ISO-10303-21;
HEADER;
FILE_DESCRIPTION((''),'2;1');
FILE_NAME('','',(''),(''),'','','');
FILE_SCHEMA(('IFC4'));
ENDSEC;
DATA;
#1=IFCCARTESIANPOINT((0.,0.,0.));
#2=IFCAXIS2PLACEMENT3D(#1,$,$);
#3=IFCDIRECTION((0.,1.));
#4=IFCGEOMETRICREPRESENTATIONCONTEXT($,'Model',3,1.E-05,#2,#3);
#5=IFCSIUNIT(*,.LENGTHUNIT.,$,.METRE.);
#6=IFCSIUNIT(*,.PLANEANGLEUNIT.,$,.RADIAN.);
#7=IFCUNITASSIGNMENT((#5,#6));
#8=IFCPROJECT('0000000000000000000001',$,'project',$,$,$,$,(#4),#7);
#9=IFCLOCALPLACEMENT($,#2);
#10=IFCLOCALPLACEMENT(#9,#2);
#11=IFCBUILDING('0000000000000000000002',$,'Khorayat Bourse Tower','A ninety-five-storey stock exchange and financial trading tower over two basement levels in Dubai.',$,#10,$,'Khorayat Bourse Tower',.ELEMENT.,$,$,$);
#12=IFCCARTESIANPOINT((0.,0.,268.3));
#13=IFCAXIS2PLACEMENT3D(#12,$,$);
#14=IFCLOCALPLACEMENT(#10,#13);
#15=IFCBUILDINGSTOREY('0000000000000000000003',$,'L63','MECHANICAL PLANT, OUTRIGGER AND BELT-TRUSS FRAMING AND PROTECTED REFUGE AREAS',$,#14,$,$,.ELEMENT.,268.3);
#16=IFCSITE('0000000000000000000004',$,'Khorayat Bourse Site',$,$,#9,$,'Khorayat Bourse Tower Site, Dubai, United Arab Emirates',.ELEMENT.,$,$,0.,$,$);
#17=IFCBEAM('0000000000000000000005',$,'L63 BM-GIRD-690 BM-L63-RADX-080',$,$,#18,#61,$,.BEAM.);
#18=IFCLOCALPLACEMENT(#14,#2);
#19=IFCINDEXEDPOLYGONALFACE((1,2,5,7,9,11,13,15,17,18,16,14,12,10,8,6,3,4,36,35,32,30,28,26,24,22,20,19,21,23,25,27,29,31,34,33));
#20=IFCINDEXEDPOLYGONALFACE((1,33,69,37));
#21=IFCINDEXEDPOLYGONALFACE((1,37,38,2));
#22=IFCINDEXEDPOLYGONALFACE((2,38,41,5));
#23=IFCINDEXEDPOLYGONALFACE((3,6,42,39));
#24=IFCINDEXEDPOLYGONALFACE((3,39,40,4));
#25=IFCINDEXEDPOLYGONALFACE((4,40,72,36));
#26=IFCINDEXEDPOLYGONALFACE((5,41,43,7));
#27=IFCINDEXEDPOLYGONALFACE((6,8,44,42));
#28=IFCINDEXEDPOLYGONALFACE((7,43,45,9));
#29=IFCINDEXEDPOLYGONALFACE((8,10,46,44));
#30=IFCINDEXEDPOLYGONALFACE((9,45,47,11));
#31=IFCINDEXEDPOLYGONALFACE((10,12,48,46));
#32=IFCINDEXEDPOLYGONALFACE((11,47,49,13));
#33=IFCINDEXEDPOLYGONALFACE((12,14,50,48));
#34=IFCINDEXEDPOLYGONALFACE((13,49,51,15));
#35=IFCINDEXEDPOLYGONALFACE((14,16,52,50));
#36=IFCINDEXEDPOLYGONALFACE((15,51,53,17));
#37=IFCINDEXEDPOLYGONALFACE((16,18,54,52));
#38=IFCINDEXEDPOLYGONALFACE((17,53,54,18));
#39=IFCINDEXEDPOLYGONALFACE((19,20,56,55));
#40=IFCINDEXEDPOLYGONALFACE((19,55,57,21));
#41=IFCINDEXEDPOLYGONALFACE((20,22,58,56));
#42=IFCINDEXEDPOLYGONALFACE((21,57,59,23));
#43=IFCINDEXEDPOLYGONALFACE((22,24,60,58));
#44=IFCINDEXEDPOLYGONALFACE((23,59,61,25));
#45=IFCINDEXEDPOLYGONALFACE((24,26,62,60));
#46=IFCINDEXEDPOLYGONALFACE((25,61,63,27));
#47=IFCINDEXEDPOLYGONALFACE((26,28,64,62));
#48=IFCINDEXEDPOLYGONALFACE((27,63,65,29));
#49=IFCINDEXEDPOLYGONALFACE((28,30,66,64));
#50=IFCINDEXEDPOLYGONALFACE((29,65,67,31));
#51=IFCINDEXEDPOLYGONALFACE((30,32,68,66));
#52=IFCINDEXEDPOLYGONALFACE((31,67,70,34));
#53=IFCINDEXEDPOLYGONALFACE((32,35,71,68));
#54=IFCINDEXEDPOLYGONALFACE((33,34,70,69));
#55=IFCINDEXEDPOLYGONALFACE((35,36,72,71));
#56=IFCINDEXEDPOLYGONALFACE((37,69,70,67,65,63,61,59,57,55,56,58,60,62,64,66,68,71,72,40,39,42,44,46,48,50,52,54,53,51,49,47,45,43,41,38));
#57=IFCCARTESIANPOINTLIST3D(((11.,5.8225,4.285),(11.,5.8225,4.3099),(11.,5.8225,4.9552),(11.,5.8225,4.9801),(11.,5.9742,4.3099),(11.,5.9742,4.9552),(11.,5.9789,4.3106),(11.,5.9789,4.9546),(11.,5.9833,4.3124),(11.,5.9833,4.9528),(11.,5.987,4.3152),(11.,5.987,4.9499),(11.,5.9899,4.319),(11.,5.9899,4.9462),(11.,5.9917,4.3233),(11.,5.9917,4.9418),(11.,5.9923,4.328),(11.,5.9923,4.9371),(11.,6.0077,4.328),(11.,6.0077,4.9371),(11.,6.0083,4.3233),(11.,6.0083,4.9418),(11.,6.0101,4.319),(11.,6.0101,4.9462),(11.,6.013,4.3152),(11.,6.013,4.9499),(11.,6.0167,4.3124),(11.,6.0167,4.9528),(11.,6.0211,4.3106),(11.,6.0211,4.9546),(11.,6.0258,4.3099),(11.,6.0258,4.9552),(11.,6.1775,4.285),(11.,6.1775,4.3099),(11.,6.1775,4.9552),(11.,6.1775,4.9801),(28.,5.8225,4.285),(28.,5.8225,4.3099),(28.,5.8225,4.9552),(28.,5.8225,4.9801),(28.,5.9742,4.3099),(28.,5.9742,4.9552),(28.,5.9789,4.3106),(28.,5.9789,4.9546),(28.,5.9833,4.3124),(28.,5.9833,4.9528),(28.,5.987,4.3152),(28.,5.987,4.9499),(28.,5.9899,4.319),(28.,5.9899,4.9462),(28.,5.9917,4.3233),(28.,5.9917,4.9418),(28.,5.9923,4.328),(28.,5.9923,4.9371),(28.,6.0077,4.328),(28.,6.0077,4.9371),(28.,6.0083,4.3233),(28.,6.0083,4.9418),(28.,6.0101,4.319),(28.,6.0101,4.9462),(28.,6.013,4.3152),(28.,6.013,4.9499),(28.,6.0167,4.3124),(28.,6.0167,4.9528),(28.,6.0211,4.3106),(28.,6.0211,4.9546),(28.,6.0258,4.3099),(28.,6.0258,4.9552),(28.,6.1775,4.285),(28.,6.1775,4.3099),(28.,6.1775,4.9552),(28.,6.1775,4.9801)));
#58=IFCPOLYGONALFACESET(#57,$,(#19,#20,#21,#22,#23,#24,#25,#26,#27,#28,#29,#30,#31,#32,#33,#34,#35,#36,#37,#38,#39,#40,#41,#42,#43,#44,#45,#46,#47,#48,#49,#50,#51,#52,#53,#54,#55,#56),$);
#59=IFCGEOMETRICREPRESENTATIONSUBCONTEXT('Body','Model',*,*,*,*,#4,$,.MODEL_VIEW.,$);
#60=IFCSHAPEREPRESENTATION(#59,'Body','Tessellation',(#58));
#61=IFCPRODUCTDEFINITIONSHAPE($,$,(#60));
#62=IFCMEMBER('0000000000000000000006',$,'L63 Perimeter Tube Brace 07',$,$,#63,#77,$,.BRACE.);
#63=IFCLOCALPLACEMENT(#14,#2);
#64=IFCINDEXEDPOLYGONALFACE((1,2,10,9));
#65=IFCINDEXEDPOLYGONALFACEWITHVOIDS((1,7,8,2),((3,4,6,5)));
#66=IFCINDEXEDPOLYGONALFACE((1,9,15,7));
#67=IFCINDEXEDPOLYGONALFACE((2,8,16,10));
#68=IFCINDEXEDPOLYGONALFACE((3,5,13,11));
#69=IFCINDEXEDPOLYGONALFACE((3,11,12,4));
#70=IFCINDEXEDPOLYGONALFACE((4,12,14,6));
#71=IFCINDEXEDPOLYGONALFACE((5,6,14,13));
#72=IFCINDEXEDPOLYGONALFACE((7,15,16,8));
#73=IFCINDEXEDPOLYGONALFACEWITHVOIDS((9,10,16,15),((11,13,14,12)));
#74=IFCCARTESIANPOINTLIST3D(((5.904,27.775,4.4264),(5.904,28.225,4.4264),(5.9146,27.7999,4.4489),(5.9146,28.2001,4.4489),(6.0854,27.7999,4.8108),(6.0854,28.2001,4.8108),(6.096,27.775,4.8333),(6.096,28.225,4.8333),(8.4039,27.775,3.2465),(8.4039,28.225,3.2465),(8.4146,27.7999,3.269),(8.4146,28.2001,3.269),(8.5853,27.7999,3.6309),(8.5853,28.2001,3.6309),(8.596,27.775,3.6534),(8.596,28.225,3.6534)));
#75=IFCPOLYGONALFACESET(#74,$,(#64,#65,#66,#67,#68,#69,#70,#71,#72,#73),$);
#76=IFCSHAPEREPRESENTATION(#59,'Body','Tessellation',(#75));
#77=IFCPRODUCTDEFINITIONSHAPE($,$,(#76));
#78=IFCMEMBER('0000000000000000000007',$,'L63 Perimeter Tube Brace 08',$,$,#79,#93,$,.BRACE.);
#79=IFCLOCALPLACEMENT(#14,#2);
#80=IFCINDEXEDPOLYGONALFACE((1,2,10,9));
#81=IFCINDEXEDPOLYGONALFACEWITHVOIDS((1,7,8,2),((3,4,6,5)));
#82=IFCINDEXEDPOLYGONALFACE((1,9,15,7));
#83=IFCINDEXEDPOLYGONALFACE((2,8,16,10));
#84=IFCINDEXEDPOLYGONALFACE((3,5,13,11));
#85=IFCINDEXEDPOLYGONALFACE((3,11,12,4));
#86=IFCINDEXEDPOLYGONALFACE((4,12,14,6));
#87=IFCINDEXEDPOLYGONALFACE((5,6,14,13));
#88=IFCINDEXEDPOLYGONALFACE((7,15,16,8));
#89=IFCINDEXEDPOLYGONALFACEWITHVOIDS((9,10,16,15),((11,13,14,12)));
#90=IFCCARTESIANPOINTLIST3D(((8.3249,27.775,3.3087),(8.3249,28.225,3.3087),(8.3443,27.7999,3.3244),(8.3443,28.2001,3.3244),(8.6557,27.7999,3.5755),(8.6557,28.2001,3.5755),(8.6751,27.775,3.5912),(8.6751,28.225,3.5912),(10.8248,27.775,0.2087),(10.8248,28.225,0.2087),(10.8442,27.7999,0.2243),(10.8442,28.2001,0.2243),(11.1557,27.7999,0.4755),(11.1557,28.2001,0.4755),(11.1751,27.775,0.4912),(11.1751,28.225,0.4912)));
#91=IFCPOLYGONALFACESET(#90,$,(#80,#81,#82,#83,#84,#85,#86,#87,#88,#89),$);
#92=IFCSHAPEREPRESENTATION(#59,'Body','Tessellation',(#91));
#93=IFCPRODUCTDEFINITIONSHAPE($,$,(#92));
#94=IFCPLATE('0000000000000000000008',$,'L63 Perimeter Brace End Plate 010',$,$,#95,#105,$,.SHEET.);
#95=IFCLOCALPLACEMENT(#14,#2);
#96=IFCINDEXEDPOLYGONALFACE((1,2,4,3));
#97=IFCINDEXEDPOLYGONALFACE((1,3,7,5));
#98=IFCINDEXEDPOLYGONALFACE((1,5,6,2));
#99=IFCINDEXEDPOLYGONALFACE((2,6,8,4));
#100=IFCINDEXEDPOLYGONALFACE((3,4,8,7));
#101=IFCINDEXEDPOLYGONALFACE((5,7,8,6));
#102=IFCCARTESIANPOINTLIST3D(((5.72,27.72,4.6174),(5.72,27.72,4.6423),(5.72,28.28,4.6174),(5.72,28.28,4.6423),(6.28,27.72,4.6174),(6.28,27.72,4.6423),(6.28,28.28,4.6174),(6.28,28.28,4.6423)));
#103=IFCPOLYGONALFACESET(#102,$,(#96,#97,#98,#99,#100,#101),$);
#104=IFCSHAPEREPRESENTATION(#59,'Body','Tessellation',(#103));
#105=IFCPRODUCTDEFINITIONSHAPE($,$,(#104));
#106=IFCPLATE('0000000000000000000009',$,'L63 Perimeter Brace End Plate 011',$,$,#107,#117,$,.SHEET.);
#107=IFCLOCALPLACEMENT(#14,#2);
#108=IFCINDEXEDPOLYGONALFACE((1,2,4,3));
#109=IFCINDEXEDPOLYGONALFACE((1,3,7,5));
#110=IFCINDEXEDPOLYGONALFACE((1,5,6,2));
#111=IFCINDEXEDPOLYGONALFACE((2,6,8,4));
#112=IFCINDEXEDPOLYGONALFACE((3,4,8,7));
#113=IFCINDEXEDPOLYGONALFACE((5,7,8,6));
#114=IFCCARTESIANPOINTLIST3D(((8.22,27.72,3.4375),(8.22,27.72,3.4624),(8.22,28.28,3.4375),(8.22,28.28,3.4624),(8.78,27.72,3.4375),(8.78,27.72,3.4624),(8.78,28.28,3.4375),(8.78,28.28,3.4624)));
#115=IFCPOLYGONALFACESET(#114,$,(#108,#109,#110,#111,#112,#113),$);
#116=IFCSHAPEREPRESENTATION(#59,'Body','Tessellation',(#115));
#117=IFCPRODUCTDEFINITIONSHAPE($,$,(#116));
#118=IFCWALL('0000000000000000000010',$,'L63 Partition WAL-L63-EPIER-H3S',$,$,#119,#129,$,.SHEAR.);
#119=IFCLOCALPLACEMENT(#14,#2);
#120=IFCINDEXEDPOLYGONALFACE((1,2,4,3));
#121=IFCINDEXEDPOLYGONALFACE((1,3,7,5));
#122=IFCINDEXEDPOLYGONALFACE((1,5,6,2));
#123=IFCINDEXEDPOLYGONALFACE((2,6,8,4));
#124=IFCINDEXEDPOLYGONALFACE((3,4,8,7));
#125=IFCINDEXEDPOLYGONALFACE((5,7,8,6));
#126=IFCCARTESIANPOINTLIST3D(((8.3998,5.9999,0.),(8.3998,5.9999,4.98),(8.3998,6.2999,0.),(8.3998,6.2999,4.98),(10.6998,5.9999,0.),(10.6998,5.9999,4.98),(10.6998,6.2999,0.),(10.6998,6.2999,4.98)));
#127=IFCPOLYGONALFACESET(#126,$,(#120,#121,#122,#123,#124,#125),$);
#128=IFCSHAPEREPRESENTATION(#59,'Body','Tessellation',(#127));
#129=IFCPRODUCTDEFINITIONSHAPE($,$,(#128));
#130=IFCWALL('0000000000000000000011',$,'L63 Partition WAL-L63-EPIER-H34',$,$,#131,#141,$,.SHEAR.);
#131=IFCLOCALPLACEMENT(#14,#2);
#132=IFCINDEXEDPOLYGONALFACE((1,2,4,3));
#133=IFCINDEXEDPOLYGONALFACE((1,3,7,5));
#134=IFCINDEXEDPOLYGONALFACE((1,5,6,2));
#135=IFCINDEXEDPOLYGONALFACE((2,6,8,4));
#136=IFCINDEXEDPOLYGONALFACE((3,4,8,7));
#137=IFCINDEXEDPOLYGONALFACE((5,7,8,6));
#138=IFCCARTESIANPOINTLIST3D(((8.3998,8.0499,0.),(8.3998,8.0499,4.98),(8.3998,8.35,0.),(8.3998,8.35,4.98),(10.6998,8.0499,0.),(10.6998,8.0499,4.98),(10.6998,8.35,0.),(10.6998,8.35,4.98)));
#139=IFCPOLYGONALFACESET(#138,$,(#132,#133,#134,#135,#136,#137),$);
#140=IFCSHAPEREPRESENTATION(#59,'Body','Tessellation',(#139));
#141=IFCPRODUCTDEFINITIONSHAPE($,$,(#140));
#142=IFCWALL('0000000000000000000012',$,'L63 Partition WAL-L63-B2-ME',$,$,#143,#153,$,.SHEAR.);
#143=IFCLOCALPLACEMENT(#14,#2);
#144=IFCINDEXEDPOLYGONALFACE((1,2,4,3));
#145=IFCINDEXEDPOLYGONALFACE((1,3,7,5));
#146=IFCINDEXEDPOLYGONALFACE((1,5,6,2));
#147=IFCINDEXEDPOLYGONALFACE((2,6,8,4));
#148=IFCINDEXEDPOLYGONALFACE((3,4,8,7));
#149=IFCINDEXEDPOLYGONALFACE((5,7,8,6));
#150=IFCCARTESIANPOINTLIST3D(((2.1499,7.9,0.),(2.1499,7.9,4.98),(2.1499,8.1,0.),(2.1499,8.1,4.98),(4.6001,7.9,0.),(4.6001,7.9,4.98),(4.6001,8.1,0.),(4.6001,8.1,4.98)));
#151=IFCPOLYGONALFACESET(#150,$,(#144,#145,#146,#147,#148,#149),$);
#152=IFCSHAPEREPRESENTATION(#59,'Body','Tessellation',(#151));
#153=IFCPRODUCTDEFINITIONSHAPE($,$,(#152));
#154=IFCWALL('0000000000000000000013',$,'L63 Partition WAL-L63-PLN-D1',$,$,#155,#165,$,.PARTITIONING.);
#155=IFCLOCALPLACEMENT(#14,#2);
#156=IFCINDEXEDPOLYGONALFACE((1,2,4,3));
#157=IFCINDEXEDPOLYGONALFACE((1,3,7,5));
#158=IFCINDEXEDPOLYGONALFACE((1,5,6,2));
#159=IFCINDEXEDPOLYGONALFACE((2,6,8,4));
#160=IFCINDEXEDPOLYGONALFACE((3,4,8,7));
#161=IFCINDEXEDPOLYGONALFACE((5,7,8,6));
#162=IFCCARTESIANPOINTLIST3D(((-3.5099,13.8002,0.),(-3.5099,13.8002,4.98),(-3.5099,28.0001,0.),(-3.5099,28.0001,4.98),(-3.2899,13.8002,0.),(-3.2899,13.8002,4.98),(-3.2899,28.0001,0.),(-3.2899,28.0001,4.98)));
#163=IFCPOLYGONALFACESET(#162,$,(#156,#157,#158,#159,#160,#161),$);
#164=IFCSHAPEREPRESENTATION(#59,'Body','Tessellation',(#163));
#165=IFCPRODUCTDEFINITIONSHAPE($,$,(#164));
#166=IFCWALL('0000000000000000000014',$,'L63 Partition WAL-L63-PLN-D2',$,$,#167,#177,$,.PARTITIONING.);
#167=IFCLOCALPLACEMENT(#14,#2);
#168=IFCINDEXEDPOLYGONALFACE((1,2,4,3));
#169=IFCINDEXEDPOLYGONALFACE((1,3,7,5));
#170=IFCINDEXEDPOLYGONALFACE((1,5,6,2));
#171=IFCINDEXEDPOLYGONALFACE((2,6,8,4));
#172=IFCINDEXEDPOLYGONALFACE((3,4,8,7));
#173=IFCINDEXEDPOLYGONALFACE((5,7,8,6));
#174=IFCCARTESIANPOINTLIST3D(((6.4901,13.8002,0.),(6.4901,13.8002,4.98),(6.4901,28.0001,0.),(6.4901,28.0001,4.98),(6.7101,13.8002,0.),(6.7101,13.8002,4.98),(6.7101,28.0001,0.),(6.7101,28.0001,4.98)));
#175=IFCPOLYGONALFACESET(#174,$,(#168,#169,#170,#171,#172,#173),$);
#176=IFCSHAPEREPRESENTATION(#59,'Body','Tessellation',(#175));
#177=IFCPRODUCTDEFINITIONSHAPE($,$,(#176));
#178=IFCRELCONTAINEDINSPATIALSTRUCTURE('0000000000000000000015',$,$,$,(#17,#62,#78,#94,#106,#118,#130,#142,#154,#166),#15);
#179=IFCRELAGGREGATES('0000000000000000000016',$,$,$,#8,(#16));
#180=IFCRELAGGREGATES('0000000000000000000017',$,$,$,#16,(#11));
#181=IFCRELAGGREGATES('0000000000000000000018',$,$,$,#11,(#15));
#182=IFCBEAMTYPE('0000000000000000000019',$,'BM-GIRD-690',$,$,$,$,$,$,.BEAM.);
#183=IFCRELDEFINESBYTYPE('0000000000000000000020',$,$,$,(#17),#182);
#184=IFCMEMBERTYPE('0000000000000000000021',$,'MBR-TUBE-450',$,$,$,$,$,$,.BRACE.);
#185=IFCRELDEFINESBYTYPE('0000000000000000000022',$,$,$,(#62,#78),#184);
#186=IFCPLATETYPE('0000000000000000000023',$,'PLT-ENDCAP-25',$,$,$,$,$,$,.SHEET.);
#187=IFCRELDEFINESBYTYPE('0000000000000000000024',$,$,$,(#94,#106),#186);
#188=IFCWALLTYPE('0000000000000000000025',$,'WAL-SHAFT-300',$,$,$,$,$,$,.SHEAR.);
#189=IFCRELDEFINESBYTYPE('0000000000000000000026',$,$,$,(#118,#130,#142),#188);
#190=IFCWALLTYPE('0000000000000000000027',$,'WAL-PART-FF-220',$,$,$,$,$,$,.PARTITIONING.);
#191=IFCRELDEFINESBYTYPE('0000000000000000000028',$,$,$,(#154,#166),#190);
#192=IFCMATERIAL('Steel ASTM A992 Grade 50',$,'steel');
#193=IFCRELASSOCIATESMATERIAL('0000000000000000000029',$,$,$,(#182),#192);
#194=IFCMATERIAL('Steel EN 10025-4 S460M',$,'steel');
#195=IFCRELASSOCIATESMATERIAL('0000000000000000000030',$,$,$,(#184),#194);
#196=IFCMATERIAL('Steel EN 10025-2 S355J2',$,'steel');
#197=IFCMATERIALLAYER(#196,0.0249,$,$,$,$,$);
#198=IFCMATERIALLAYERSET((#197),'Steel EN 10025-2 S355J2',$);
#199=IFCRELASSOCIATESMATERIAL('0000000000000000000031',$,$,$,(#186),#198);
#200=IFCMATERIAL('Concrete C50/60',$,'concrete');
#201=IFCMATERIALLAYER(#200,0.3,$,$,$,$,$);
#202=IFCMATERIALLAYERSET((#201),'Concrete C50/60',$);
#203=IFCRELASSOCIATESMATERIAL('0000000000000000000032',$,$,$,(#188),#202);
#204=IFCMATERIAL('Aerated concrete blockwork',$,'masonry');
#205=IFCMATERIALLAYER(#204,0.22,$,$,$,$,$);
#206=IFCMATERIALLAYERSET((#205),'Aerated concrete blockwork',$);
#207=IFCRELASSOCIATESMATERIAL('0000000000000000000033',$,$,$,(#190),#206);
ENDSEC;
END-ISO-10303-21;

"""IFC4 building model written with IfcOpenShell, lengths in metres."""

from ifc_helpers import new_model, si_unit, direction, frame, frame_2d, origin, origin_2d, place, context, subcontext, project, spatial, rectangle, hollow_rectangle, i_section, extrude, source, transform, mapped, material, layer, layer_set, material_profile, profile_set, type_object, element, save


model = new_model("IFC4")

# Units and contexts
model_context = context("Model", 3, precision=1e-05, world=origin(), true_north=direction((0.0, 1.0)))
body_context = subcontext(model_context, "Body", "Model", "MODEL_VIEW")
ifc_project = project(units=[si_unit("LENGTHUNIT", "METRE"), si_unit("PLANEANGLEUNIT", "RADIAN")], contexts=[model_context])

# Site, building, storey
site_placement = place(None, origin())
site = spatial("IfcSite", under=ifc_project, at=site_placement, Name="Khorayat Bourse Site", LongName="Khorayat Bourse Tower Site, Dubai, United Arab Emirates", CompositionType="ELEMENT", RefElevation=0.0)
building_placement = place(site_placement, origin())
building = spatial("IfcBuilding", under=site, at=building_placement, Name="Khorayat Bourse Tower", Description="A ninety-five-storey stock exchange and financial trading tower over two basement levels in Dubai.", LongName="Khorayat Bourse Tower", CompositionType="ELEMENT")
storey_placement = place(building_placement, frame((0.0, 0.0, 268.3)))
storey = spatial("IfcBuildingStorey", under=building, at=storey_placement, Name="L63", Description="MECHANICAL PLANT, OUTRIGGER AND BELT-TRUSS FRAMING AND PROTECTED REFUGE AREAS", CompositionType="ELEMENT", Elevation=268.3)

# Shared definitions
ifc_material_1 = material(Name="Steel EN 10025-4 S460M", Category="steel")

# Beam
ifc_material_2 = material(Name="Steel ASTM A992 Grade 50", Category="steel")
ifc_material_profile_1 = material_profile(ifc_material_2, i_section(OverallWidth=0.355, OverallDepth=0.6951, WebThickness=0.0154, FlangeThickness=0.0249, FilletRadius=0.0181, at=origin_2d()), Name="W690X217")
ifc_profile_set_1 = profile_set([ifc_material_profile_1], Name="Steel ASTM A992 Grade 50")
beam_type_1 = type_object("IfcBeamType", Name="BM-GIRD-690", PredefinedType="BEAM", material=ifc_profile_set_1)
shared_shape_1 = source(origin(), body_context, "Body", "SweptSolid", [
    extrude(i_section(OverallWidth=0.355, OverallDepth=0.6951, WebThickness=0.0154, FlangeThickness=0.0249, FilletRadius=0.0181, at=origin_2d()), origin(), (0.0, 0.0, 1.0), 17.0),
])
for number, where, z_axis, x_axis, name in (
    (1, (11.0, 6.0, 4.6326), (1.0, 0.0, 0.0), (0.0, 1.0, 0.0), "L63 BM-GIRD-690 BM-L63-RADX-080"),
):
    element("IfcBeam", number, at=place(storey_placement, frame(where, z_axis=z_axis, x_axis=x_axis)), inside=storey, type_object=beam_type_1, Name=name, PredefinedType="BEAM", context=body_context, shape_type="MappedRepresentation", body=[
        mapped(shared_shape_1, transform((0.0, 0.0, 0.0), scale=1.0)),
    ])

# Members
ifc_material_profile_2 = material_profile(ifc_material_1, hollow_rectangle(XDim=0.45, YDim=0.45, WallThickness=0.0249, at=origin_2d()), Name="HSS 450x450x25")
ifc_profile_set_2 = profile_set([ifc_material_profile_2], Name="Steel EN 10025-4 S460M")
member_type = type_object("IfcMemberType", Name="MBR-TUBE-450", PredefinedType="BRACE", material=ifc_profile_set_2)
shared_shape_2 = source(origin(), body_context, "Body", "SweptSolid", [
    extrude(hollow_rectangle(XDim=0.45, YDim=0.45, WallThickness=0.0249, at=origin_2d()), origin(), (0.0, 0.0, 1.0), 2.7644),
])
member_1_placement = place(storey_placement, frame((6.0, 28.0, 4.6299), z_axis=(0.904336, 0.0, -0.426822), x_axis=(0.0, 1.0, 0.0)))
element("IfcMember", 2, at=member_1_placement, inside=storey, type_object=member_type, Name="L63 Perimeter Tube Brace 07", PredefinedType="BRACE", context=body_context, shape_type="MappedRepresentation", body=[
    mapped(shared_shape_2, transform((0.0, 0.0, 0.0), scale=1.0)),
])
shared_shape_3 = source(origin(), body_context, "Body", "SweptSolid", [
    extrude(hollow_rectangle(XDim=0.45, YDim=0.45, WallThickness=0.0249, at=origin_2d()), origin(), (0.0, 0.0, 1.0), 3.9824),
])
member_2_placement = place(storey_placement, frame((8.5, 28.0, 3.45), z_axis=(0.62774, 0.0, -0.778423), x_axis=(0.0, 1.0, 0.0)))
element("IfcMember", 3, at=member_2_placement, inside=storey, type_object=member_type, Name="L63 Perimeter Tube Brace 08", PredefinedType="BRACE", context=body_context, shape_type="MappedRepresentation", body=[
    mapped(shared_shape_3, transform((0.0, 0.0, 0.0), scale=1.0)),
])

# Plates
ifc_material_3 = material(Name="Steel EN 10025-2 S355J2", Category="steel")
ifc_layer_1 = layer(ifc_material_3, 0.0249)
ifc_layer_set_1 = layer_set([ifc_layer_1], Name="Steel EN 10025-2 S355J2")
plate_type = type_object("IfcPlateType", Name="PLT-ENDCAP-25", PredefinedType="SHEET", material=ifc_layer_set_1)
shared_shape_4 = source(origin(), body_context, "Body", "SweptSolid", [
    extrude(rectangle(XDim=0.5601, YDim=0.5601, at=origin_2d()), origin(), (0.0, 0.0, 1.0), 0.0249),
])
for number, where, z_axis, x_axis, name in (
    (4, (6.0, 28.0, 4.6174), (0.0, 0.0, 1.0), (1.0, 0.0, 0.0), "L63 Perimeter Brace End Plate 010"),
    (5, (8.5, 28.0, 3.4375), (0.0, 0.0, 1.0), (1.0, 0.0, 0.0), "L63 Perimeter Brace End Plate 011"),
):
    element("IfcPlate", number, at=place(storey_placement, frame(where, z_axis=z_axis, x_axis=x_axis)), inside=storey, type_object=plate_type, Name=name, PredefinedType="SHEET", context=body_context, shape_type="MappedRepresentation", body=[
        mapped(shared_shape_4, transform((0.0, 0.0, 0.0), scale=1.0)),
    ])

# Walls
ifc_material_4 = material(Name="Concrete C50/60", Category="concrete")
ifc_layer_2 = layer(ifc_material_4, 0.3)
ifc_layer_set_2 = layer_set([ifc_layer_2], Name="Concrete C50/60")
wall_type_1 = type_object("IfcWallType", Name="WAL-SHAFT-300", PredefinedType="SHEAR", material=ifc_layer_set_2)
shared_shape_5 = source(origin(), body_context, "Body", "SweptSolid", [
    extrude(rectangle(XDim=2.3, YDim=0.3, at=frame_2d((1.1499, 0.0))), origin(), (0.0, 0.0, 1.0), 4.98),
])
for number, where, z_axis, x_axis, name in (
    (6, (8.3999, 6.1499, 0.0), (0.0, 0.0, 1.0), (1.0, 0.0, 0.0), "L63 Partition WAL-L63-EPIER-H3S"),
    (7, (8.3999, 8.2, 0.0), (0.0, 0.0, 1.0), (1.0, 0.0, 0.0), "L63 Partition WAL-L63-EPIER-H34"),
):
    element("IfcWall", number, at=place(storey_placement, frame(where, z_axis=z_axis, x_axis=x_axis)), inside=storey, type_object=wall_type_1, Name=name, PredefinedType="SHEAR", context=body_context, shape_type="MappedRepresentation", body=[
        mapped(shared_shape_5, transform((0.0, 0.0, 0.0), scale=1.0)),
    ])
shared_shape_6 = source(origin(), body_context, "Body", "SweptSolid", [
    extrude(rectangle(XDim=2.4502, YDim=0.2, at=frame_2d((1.2251, 0.0))), origin(), (0.0, 0.0, 1.0), 4.98),
])
wall_1_placement = place(storey_placement, frame((2.1499, 8.0, 0.0), z_axis=(0.0, 0.0, 1.0), x_axis=(1.0, 0.0, 0.0)))
element("IfcWall", 8, at=wall_1_placement, inside=storey, type_object=wall_type_1, Name="L63 Partition WAL-L63-B2-ME", PredefinedType="SHEAR", context=body_context, shape_type="MappedRepresentation", body=[
    mapped(shared_shape_6, transform((0.0, 0.0, 0.0), scale=1.0)),
])
ifc_material_5 = material(Name="Aerated concrete blockwork", Category="masonry")
ifc_layer_3 = layer(ifc_material_5, 0.22)
ifc_layer_set_3 = layer_set([ifc_layer_3], Name="Aerated concrete blockwork")
wall_type_2 = type_object("IfcWallType", Name="WAL-PART-FF-220", PredefinedType="PARTITIONING", material=ifc_layer_set_3)
shared_shape_7 = source(origin(), body_context, "Body", "SweptSolid", [
    extrude(rectangle(XDim=14.2, YDim=0.22, at=frame_2d((7.1001, 0.0))), origin(), (0.0, 0.0, 1.0), 4.98),
])
for number, where, z_axis, x_axis, name in (
    (9, (-3.3999, 13.8, 0.0), (0.0, 0.0, 1.0), (0.0, 1.0, 0.0), "L63 Partition WAL-L63-PLN-D1"),
    (10, (6.6001, 13.8, 0.0), (0.0, 0.0, 1.0), (0.0, 1.0, 0.0), "L63 Partition WAL-L63-PLN-D2"),
):
    element("IfcWall", number, at=place(storey_placement, frame(where, z_axis=z_axis, x_axis=x_axis)), inside=storey, type_object=wall_type_2, Name=name, PredefinedType="PARTITIONING", context=body_context, shape_type="MappedRepresentation", body=[
        mapped(shared_shape_7, transform((0.0, 0.0, 0.0), scale=1.0)),
    ])

save(model, "model.ifc")
